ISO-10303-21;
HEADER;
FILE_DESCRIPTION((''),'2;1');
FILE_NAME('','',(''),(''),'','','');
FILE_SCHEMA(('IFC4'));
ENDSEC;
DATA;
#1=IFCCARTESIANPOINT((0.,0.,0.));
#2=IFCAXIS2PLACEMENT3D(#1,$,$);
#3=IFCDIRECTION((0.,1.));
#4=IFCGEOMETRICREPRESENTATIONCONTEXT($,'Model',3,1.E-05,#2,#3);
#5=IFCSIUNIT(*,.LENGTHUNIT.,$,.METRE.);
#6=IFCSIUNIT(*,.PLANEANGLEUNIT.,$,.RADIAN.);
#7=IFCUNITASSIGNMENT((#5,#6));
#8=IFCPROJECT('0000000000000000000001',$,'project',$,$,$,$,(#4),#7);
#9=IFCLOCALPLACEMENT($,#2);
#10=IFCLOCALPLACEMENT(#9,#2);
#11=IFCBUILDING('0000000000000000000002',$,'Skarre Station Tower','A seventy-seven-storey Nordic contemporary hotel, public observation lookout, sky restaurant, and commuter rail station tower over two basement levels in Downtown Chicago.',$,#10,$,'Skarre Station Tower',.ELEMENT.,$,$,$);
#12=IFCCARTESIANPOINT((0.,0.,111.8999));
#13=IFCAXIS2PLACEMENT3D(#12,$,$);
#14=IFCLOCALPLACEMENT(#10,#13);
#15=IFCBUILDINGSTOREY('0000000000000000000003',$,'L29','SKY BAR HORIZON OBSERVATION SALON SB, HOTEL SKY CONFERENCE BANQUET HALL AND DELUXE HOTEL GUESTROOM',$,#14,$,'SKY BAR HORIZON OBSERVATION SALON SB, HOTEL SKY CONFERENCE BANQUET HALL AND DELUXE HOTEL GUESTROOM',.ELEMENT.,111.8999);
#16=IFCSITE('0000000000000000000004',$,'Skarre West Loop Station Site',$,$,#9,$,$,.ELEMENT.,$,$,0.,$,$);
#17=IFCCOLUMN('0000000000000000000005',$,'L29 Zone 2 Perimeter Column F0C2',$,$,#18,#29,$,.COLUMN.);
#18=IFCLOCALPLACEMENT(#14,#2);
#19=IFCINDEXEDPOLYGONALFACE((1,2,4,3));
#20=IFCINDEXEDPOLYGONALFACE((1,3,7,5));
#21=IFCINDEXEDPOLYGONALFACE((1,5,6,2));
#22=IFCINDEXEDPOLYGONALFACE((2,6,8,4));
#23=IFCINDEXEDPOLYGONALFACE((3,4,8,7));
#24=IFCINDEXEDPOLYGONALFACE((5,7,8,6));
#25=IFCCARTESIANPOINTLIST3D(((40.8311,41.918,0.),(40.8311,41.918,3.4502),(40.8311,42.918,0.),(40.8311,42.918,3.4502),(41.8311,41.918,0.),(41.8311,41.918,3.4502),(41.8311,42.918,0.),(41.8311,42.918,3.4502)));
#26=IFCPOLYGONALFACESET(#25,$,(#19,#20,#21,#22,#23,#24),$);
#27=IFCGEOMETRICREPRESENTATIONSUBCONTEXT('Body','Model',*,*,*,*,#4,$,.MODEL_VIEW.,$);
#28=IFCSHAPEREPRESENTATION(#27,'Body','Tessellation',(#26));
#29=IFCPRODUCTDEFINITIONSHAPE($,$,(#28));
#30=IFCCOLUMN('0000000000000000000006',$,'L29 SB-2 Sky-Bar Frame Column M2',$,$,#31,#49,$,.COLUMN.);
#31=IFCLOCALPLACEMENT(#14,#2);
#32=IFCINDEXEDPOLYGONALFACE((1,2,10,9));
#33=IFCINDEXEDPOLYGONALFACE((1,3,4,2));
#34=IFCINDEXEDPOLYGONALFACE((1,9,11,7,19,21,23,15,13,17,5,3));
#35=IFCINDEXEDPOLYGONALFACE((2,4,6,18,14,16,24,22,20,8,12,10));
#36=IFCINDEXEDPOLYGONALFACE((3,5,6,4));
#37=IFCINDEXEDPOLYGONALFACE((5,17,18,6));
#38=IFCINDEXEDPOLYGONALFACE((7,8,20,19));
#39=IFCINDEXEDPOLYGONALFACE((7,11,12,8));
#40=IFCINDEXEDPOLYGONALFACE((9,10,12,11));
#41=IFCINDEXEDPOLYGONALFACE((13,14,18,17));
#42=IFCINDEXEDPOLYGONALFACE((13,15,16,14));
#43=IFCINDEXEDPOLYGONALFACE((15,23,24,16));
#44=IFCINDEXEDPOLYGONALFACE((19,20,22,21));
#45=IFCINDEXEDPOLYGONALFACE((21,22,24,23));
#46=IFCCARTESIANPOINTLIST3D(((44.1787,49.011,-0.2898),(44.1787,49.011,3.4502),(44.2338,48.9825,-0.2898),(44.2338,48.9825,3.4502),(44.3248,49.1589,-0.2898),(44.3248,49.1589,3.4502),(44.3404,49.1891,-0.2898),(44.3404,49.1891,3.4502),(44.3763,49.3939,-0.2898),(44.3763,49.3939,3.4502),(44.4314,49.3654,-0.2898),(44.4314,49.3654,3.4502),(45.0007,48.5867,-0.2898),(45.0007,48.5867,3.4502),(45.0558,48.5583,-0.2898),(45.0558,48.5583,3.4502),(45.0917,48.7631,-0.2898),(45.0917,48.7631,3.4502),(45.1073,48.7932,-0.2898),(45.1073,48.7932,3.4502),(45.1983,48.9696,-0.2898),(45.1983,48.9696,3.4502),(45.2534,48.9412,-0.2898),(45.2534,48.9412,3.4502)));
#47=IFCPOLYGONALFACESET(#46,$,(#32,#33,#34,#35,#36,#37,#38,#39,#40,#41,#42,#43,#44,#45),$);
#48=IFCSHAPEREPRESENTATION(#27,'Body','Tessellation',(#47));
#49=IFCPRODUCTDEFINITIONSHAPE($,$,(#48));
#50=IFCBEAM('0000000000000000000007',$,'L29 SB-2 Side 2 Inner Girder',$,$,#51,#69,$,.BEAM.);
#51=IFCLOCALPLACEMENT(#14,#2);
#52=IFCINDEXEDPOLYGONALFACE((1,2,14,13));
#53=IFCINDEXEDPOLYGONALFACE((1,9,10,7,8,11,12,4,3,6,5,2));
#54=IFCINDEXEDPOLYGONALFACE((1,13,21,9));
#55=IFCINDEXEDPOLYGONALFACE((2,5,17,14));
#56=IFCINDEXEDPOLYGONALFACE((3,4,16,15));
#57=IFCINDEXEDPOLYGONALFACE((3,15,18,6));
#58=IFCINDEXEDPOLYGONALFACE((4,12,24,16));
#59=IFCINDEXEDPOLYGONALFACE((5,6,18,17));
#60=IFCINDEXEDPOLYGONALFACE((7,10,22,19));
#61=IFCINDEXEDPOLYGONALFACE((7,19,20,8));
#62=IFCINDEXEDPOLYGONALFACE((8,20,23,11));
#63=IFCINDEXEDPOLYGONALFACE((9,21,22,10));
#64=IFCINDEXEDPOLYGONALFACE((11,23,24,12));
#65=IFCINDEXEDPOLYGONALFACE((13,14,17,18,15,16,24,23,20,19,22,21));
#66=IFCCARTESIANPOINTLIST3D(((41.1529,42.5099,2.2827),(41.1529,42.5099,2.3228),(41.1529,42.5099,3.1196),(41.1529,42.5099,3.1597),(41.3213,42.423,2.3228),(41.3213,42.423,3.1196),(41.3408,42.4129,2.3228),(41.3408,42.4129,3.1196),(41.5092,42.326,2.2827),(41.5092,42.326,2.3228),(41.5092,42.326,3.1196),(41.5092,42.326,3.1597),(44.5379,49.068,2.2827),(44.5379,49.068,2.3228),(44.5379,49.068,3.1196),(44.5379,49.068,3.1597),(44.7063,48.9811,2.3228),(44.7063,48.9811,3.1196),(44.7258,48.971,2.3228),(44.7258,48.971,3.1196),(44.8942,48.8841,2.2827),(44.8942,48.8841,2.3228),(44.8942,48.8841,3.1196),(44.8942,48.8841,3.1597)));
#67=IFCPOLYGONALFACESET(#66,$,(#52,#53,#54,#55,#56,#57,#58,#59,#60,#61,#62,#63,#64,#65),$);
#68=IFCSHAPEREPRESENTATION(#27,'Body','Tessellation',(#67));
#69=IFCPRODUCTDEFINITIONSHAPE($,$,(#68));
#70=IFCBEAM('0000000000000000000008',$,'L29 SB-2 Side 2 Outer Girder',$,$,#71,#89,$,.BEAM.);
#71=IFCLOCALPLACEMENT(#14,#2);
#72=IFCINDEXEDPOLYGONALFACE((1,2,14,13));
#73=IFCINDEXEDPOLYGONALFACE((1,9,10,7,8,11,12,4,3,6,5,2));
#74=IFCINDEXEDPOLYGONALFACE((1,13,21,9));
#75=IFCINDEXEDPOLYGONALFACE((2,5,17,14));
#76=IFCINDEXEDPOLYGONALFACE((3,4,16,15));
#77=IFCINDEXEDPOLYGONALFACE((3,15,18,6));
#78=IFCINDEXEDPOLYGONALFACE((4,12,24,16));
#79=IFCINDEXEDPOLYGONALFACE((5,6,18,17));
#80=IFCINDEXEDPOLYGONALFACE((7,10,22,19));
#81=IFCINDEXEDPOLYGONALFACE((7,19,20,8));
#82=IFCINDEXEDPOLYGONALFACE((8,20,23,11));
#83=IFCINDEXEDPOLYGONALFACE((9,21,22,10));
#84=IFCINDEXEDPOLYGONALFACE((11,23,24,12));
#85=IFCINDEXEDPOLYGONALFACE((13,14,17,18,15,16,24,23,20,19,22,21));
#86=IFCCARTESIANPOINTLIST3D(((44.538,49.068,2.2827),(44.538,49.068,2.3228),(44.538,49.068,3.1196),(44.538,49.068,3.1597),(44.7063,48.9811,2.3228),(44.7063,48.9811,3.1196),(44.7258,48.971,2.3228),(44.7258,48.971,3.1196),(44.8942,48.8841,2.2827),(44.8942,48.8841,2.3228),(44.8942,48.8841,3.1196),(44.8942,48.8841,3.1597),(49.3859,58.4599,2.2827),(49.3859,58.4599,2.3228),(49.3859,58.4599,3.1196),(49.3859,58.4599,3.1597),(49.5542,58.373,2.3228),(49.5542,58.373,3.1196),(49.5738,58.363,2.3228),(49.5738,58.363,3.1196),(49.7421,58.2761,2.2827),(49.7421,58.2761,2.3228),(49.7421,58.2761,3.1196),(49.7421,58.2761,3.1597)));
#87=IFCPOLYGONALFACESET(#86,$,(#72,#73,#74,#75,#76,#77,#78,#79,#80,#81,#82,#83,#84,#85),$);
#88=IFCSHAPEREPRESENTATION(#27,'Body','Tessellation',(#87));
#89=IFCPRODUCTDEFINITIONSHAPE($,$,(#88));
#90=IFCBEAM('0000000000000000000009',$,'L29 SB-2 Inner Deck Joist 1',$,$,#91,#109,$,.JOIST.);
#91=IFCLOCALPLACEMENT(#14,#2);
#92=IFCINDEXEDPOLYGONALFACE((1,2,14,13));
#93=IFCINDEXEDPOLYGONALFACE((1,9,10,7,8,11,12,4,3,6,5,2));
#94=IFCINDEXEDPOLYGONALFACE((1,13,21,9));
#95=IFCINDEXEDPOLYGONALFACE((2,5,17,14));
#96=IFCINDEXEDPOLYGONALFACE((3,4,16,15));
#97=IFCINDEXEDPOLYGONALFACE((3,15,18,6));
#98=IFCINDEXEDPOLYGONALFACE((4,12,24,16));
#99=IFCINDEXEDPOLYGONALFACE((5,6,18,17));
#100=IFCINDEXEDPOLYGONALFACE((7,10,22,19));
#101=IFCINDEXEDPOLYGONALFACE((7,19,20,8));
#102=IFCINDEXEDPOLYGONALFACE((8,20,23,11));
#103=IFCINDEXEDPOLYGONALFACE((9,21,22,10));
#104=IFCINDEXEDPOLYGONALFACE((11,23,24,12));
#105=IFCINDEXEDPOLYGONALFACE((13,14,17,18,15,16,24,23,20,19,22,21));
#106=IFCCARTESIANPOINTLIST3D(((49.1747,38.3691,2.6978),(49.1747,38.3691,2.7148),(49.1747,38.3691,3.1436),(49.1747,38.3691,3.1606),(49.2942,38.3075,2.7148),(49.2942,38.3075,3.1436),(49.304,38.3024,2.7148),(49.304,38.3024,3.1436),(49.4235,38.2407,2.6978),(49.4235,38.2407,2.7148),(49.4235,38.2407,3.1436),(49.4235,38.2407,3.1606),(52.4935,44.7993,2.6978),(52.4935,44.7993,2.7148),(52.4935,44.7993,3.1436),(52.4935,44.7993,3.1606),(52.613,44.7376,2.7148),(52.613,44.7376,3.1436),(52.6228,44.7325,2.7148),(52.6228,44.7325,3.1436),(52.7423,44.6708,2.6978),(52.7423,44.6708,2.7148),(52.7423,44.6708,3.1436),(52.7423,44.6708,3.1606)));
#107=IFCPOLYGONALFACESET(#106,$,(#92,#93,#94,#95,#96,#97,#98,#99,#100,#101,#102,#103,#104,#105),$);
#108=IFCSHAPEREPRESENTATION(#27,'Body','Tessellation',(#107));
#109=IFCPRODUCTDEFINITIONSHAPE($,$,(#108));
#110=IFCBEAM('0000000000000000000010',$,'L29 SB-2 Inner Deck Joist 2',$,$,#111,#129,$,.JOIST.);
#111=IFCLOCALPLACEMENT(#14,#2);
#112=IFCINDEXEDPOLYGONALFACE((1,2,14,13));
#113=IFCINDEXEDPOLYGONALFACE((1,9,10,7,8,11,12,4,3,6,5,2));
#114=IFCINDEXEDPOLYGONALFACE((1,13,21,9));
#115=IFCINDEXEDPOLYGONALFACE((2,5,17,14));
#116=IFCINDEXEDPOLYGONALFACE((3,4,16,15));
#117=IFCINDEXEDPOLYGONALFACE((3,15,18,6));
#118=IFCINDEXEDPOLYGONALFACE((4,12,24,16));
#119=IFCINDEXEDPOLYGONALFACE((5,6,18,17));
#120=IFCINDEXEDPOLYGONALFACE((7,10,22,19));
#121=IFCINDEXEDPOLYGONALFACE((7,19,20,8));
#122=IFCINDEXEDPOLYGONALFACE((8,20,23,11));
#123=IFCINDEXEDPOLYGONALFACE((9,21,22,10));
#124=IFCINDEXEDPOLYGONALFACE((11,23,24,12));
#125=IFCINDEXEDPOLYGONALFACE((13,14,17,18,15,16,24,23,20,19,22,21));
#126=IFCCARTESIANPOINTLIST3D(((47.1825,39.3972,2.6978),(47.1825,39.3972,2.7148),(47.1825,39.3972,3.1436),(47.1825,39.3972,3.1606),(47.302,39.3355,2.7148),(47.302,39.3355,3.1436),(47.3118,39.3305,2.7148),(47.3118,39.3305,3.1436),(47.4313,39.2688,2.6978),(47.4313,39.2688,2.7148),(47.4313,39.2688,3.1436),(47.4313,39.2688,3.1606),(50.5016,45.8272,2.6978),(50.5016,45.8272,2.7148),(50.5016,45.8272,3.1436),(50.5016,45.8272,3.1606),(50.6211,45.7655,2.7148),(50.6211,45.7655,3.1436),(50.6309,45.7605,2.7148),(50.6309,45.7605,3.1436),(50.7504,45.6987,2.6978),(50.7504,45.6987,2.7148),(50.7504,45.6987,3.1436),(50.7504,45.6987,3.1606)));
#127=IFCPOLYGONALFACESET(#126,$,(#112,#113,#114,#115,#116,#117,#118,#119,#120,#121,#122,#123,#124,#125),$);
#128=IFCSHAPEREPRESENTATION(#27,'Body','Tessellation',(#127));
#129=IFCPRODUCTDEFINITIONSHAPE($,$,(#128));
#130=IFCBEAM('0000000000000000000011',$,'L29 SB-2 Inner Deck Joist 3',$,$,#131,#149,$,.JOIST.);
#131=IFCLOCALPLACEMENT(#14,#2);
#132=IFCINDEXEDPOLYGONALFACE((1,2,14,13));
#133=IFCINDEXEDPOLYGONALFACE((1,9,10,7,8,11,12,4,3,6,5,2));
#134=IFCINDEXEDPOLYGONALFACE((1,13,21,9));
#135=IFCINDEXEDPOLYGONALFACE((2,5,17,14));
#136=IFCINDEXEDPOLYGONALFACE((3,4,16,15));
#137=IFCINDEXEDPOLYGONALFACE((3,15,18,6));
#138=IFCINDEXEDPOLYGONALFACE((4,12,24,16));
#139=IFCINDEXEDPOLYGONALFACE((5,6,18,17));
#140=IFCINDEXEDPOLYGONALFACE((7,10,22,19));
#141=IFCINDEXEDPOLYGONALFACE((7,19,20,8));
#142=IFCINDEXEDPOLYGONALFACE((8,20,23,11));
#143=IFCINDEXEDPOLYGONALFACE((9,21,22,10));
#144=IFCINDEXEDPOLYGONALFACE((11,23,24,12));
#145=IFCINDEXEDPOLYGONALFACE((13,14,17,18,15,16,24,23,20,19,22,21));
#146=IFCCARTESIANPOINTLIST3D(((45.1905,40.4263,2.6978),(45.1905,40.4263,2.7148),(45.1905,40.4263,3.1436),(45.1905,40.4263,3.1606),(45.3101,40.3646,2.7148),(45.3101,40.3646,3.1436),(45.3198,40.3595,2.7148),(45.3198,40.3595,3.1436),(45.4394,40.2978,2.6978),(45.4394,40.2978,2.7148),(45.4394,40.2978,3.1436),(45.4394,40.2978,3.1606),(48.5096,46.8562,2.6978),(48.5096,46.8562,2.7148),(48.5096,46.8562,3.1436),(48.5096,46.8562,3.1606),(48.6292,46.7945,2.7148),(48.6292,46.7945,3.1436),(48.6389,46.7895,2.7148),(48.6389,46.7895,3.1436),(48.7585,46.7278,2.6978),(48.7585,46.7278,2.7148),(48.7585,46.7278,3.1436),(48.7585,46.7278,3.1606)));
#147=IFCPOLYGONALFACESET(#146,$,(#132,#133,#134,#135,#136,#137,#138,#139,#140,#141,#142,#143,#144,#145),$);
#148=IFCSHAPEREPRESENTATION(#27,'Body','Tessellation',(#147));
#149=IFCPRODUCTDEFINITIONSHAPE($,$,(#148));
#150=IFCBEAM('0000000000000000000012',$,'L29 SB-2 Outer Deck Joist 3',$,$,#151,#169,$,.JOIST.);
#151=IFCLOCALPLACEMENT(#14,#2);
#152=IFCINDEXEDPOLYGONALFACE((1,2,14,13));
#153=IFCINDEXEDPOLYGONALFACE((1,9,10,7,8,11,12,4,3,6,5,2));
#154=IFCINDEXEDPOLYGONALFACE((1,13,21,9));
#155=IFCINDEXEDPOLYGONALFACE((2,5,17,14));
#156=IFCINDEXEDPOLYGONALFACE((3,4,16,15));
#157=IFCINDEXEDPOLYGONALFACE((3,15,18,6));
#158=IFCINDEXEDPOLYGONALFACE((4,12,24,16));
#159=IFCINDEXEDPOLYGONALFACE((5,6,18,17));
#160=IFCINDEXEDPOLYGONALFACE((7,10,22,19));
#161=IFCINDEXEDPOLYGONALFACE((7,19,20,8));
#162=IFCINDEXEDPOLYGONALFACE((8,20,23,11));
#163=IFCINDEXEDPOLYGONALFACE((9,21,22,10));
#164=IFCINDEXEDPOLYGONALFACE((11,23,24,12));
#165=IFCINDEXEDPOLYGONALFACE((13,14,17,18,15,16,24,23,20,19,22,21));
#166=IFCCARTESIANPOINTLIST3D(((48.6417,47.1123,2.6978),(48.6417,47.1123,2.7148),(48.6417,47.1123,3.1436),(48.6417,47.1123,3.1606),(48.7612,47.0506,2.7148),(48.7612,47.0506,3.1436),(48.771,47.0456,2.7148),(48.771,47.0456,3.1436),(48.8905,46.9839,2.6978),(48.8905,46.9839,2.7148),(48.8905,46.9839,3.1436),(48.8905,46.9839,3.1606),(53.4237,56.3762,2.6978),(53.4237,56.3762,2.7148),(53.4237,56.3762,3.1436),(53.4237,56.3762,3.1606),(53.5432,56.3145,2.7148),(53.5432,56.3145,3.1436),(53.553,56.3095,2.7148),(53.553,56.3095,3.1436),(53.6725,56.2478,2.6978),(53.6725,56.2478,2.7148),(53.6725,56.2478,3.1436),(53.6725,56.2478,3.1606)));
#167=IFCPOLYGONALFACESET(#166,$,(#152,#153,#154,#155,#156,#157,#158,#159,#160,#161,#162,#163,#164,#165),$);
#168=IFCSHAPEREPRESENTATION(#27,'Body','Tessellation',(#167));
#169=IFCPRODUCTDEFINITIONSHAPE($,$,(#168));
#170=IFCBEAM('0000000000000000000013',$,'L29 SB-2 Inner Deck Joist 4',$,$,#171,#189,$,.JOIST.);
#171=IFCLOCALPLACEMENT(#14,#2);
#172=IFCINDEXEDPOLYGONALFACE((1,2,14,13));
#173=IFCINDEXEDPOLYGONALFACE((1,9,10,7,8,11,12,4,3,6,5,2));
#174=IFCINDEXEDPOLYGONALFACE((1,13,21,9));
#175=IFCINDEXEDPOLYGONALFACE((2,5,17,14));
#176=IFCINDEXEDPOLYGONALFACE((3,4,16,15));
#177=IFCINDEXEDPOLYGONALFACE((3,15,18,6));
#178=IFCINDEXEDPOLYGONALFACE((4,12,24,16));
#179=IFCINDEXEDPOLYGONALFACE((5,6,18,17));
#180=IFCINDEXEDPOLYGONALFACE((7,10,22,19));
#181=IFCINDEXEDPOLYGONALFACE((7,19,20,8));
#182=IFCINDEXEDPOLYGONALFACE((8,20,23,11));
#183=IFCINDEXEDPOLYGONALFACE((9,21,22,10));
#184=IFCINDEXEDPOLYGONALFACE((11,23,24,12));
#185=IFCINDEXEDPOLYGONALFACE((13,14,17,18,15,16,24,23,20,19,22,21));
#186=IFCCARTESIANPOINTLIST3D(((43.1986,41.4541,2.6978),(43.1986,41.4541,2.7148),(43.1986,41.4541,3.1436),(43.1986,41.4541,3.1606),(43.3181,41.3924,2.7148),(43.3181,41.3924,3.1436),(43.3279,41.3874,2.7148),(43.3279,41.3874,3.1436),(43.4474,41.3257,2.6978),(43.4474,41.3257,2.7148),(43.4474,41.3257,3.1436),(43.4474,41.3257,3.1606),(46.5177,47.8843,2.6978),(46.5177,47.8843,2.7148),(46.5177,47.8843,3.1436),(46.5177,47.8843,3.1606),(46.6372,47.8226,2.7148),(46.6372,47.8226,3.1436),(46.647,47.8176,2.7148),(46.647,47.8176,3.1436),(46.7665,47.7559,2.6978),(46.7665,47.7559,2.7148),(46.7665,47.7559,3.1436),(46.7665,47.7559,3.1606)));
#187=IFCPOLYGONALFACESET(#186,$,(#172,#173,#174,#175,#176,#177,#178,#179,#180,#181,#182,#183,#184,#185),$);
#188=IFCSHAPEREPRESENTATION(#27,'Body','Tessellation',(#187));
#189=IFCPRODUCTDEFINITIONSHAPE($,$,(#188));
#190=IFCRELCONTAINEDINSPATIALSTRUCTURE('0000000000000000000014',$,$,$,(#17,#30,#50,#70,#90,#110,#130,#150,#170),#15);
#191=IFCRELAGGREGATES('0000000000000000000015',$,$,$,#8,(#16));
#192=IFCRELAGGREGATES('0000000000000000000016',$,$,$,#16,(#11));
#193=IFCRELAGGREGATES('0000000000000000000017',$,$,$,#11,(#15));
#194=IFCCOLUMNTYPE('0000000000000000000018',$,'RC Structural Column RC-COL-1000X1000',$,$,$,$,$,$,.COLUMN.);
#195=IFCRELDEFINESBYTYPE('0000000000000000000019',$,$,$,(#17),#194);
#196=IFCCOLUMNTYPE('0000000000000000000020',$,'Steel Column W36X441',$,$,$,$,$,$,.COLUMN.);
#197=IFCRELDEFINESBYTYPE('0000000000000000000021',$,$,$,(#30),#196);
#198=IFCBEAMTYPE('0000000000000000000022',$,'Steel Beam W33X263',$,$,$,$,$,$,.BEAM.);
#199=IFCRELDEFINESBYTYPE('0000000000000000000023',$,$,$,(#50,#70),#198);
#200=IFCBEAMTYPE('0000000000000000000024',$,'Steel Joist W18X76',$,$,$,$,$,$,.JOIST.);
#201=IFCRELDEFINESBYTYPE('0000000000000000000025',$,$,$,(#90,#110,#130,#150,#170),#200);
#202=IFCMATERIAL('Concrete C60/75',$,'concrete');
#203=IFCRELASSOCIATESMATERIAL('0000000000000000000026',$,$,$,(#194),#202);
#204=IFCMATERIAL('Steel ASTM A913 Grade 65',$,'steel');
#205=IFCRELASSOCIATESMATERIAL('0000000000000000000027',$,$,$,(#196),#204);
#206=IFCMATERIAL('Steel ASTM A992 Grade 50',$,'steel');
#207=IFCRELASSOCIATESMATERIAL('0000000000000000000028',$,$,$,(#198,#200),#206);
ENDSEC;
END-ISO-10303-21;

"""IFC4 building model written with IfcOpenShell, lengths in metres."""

from ifc_helpers import new_model, si_unit, direction, frame, origin, origin_2d, place, context, subcontext, project, spatial, rectangle, i_section, extrude, material, material_profile, profile_set, type_object, element, save


model = new_model("IFC4")

# Units and contexts
model_context = context("Model", 3, precision=1e-05, world=origin(), true_north=direction((0.0, 1.0)))
body_context = subcontext(model_context, "Body", "Model", "MODEL_VIEW")
ifc_project = project(units=[si_unit("LENGTHUNIT", "METRE"), si_unit("PLANEANGLEUNIT", "RADIAN")], contexts=[model_context])

# Site, building, storey
site_placement = place(None, origin())
site = spatial("IfcSite", under=ifc_project, at=site_placement, Name="Skarre West Loop Station Site", CompositionType="ELEMENT", RefElevation=0.0)
building_placement = place(site_placement, origin())
building = spatial("IfcBuilding", under=site, at=building_placement, Name="Skarre Station Tower", Description="A seventy-seven-storey Nordic contemporary hotel, public observation lookout, sky restaurant, and commuter rail station tower over two basement levels in Downtown Chicago.", LongName="Skarre Station Tower", CompositionType="ELEMENT")
storey_placement = place(building_placement, frame((0.0, 0.0, 111.8999)))
storey = spatial("IfcBuildingStorey", under=building, at=storey_placement, Name="L29", Description="SKY BAR HORIZON OBSERVATION SALON SB, HOTEL SKY CONFERENCE BANQUET HALL AND DELUXE HOTEL GUESTROOM", LongName="SKY BAR HORIZON OBSERVATION SALON SB, HOTEL SKY CONFERENCE BANQUET HALL AND DELUXE HOTEL GUESTROOM", CompositionType="ELEMENT", Elevation=111.8999)

# Columns
ifc_material_1 = material(Name="Concrete C60/75", Category="concrete")
ifc_material_profile_1 = material_profile(ifc_material_1, rectangle(XDim=1.0, YDim=1.0, at=origin_2d()), Name="Concrete C60/75")
ifc_profile_set_1 = profile_set([ifc_material_profile_1], Name="Concrete C60/75")
column_type_1 = type_object("IfcColumnType", Name="RC Structural Column RC-COL-1000X1000", PredefinedType="COLUMN", material=ifc_profile_set_1)
column_1_placement = place(storey_placement, frame((41.3311, 42.418, 0.0), z_axis=(0.0, 0.0, 1.0), x_axis=(1.0, 0.0, 0.0)))
element("IfcColumn", 1, at=column_1_placement, inside=storey, type_object=column_type_1, Name="L29 Zone 2 Perimeter Column F0C2", PredefinedType="COLUMN", context=body_context, shape_type="SweptSolid", body=[
    extrude(rectangle(XDim=1.0, YDim=1.0, at=origin_2d()), origin(), (0.0, 0.0, 1.0), 3.4502),
])
ifc_material_2 = material(Name="Steel ASTM A913 Grade 65", Category="steel")
ifc_material_profile_2 = material_profile(ifc_material_2, i_section(OverallWidth=0.4309, OverallDepth=0.9871, WebThickness=0.0339, FlangeThickness=0.062, at=origin_2d()), Name="Steel ASTM A913 Grade 65")
ifc_profile_set_2 = profile_set([ifc_material_profile_2], Name="Steel ASTM A913 Grade 65")
column_type_2 = type_object("IfcColumnType", Name="Steel Column W36X441", PredefinedType="COLUMN", material=ifc_profile_set_2)
column_2_placement = place(storey_placement, frame((44.7161, 48.9761, -0.2898), z_axis=(0.0, 0.0, 1.0), x_axis=(0.45865, 0.888617, 0.0)))
element("IfcColumn", 2, at=column_2_placement, inside=storey, type_object=column_type_2, Name="L29 SB-2 Sky-Bar Frame Column M2", PredefinedType="COLUMN", context=body_context, shape_type="SweptSolid", body=[
    extrude(i_section(OverallWidth=0.4309, OverallDepth=0.9871, WebThickness=0.0339, FlangeThickness=0.062, at=origin_2d()), origin(), (0.0, 0.0, 1.0), 3.74),
])

# Beams
ifc_material_3 = material(Name="Steel ASTM A992 Grade 50", Category="steel")
ifc_material_profile_3 = material_profile(ifc_material_3, i_section(OverallWidth=0.4009, OverallDepth=0.877, WebThickness=0.022, FlangeThickness=0.04, at=origin_2d()), Name="Steel ASTM A992 Grade 50")
ifc_profile_set_3 = profile_set([ifc_material_profile_3], Name="Steel ASTM A992 Grade 50")
beam_type_1 = type_object("IfcBeamType", Name="Steel Beam W33X263", PredefinedType="BEAM", material=ifc_profile_set_3)
beam_1_placement = place(storey_placement, frame((41.3311, 42.418, 2.7212), z_axis=(0.458662, 0.888611, 0.0), x_axis=(-0.888611, 0.458662, 0.0)))
element("IfcBeam", 3, at=beam_1_placement, inside=storey, type_object=beam_type_1, Name="L29 SB-2 Side 2 Inner Girder", PredefinedType="BEAM", context=body_context, shape_type="SweptSolid", body=[
    extrude(i_section(OverallWidth=0.4009, OverallDepth=0.877, WebThickness=0.022, FlangeThickness=0.04, at=origin_2d()), origin(), (0.0, 0.0, 1.0), 7.3801),
])
beam_2_placement = place(storey_placement, frame((44.7161, 48.9761, 2.7212), z_axis=(0.45868, 0.888602, 0.0), x_axis=(-0.888602, 0.45868, 0.0)))
element("IfcBeam", 4, at=beam_2_placement, inside=storey, type_object=beam_type_1, Name="L29 SB-2 Side 2 Outer Girder", PredefinedType="BEAM", context=body_context, shape_type="SweptSolid", body=[
    extrude(i_section(OverallWidth=0.4009, OverallDepth=0.877, WebThickness=0.022, FlangeThickness=0.04, at=origin_2d()), origin(), (0.0, 0.0, 1.0), 10.5693),
])
ifc_material_profile_4 = material_profile(ifc_material_3, i_section(OverallWidth=0.28, OverallDepth=0.4629, WebThickness=0.011, FlangeThickness=0.0171, at=origin_2d()), Name="Steel ASTM A992 Grade 50")
ifc_profile_set_4 = profile_set([ifc_material_profile_4], Name="Steel ASTM A992 Grade 50")
beam_type_2 = type_object("IfcBeamType", Name="Steel Joist W18X76", PredefinedType="JOIST", material=ifc_profile_set_4)
for number, where, z_axis, x_axis, name in (
    (5, (49.2991, 38.3049, 2.9292), (0.458648, 0.888618, 0.0), (-0.888618, 0.458648, 0.0), "L29 SB-2 Inner Deck Joist 1"),
    (6, (47.3069, 39.333, 2.9292), (0.458688, 0.888597, 0.0), (-0.888597, 0.458688, 0.0), "L29 SB-2 Inner Deck Joist 2"),
    (7, (45.3149, 40.3621, 2.9292), (0.458688, 0.888597, 0.0), (-0.888597, 0.458688, 0.0), "L29 SB-2 Inner Deck Joist 3"),
):
    element("IfcBeam", number, at=place(storey_placement, frame(where, z_axis=z_axis, x_axis=x_axis)), inside=storey, type_object=beam_type_2, Name=name, PredefinedType="JOIST", context=body_context, shape_type="SweptSolid", body=[
        extrude(i_section(OverallWidth=0.28, OverallDepth=0.4629, WebThickness=0.011, FlangeThickness=0.0171, at=origin_2d()), origin(), (0.0, 0.0, 1.0), 7.2361),
    ])
beam_3_placement = place(storey_placement, frame((48.7661, 47.0481, 2.9292), z_axis=(0.458689, 0.888597, 0.0), x_axis=(-0.888597, 0.458689, 0.0)))
element("IfcBeam", 8, at=beam_3_placement, inside=storey, type_object=beam_type_2, Name="L29 SB-2 Outer Deck Joist 3", PredefinedType="JOIST", context=body_context, shape_type="SweptSolid", body=[
    extrude(i_section(OverallWidth=0.28, OverallDepth=0.4629, WebThickness=0.011, FlangeThickness=0.0171, at=origin_2d()), origin(), (0.0, 0.0, 1.0), 10.4253),
])
beam_4_placement = place(storey_placement, frame((43.323, 41.3899, 2.9292), z_axis=(0.458675, 0.888604, 0.0), x_axis=(-0.888604, 0.458675, 0.0)))
element("IfcBeam", 9, at=beam_4_placement, inside=storey, type_object=beam_type_2, Name="L29 SB-2 Inner Deck Joist 4", PredefinedType="JOIST", context=body_context, shape_type="SweptSolid", body=[
    extrude(i_section(OverallWidth=0.28, OverallDepth=0.4629, WebThickness=0.011, FlangeThickness=0.0171, at=origin_2d()), origin(), (0.0, 0.0, 1.0), 7.2363),
])

save(model, "model.ifc")
